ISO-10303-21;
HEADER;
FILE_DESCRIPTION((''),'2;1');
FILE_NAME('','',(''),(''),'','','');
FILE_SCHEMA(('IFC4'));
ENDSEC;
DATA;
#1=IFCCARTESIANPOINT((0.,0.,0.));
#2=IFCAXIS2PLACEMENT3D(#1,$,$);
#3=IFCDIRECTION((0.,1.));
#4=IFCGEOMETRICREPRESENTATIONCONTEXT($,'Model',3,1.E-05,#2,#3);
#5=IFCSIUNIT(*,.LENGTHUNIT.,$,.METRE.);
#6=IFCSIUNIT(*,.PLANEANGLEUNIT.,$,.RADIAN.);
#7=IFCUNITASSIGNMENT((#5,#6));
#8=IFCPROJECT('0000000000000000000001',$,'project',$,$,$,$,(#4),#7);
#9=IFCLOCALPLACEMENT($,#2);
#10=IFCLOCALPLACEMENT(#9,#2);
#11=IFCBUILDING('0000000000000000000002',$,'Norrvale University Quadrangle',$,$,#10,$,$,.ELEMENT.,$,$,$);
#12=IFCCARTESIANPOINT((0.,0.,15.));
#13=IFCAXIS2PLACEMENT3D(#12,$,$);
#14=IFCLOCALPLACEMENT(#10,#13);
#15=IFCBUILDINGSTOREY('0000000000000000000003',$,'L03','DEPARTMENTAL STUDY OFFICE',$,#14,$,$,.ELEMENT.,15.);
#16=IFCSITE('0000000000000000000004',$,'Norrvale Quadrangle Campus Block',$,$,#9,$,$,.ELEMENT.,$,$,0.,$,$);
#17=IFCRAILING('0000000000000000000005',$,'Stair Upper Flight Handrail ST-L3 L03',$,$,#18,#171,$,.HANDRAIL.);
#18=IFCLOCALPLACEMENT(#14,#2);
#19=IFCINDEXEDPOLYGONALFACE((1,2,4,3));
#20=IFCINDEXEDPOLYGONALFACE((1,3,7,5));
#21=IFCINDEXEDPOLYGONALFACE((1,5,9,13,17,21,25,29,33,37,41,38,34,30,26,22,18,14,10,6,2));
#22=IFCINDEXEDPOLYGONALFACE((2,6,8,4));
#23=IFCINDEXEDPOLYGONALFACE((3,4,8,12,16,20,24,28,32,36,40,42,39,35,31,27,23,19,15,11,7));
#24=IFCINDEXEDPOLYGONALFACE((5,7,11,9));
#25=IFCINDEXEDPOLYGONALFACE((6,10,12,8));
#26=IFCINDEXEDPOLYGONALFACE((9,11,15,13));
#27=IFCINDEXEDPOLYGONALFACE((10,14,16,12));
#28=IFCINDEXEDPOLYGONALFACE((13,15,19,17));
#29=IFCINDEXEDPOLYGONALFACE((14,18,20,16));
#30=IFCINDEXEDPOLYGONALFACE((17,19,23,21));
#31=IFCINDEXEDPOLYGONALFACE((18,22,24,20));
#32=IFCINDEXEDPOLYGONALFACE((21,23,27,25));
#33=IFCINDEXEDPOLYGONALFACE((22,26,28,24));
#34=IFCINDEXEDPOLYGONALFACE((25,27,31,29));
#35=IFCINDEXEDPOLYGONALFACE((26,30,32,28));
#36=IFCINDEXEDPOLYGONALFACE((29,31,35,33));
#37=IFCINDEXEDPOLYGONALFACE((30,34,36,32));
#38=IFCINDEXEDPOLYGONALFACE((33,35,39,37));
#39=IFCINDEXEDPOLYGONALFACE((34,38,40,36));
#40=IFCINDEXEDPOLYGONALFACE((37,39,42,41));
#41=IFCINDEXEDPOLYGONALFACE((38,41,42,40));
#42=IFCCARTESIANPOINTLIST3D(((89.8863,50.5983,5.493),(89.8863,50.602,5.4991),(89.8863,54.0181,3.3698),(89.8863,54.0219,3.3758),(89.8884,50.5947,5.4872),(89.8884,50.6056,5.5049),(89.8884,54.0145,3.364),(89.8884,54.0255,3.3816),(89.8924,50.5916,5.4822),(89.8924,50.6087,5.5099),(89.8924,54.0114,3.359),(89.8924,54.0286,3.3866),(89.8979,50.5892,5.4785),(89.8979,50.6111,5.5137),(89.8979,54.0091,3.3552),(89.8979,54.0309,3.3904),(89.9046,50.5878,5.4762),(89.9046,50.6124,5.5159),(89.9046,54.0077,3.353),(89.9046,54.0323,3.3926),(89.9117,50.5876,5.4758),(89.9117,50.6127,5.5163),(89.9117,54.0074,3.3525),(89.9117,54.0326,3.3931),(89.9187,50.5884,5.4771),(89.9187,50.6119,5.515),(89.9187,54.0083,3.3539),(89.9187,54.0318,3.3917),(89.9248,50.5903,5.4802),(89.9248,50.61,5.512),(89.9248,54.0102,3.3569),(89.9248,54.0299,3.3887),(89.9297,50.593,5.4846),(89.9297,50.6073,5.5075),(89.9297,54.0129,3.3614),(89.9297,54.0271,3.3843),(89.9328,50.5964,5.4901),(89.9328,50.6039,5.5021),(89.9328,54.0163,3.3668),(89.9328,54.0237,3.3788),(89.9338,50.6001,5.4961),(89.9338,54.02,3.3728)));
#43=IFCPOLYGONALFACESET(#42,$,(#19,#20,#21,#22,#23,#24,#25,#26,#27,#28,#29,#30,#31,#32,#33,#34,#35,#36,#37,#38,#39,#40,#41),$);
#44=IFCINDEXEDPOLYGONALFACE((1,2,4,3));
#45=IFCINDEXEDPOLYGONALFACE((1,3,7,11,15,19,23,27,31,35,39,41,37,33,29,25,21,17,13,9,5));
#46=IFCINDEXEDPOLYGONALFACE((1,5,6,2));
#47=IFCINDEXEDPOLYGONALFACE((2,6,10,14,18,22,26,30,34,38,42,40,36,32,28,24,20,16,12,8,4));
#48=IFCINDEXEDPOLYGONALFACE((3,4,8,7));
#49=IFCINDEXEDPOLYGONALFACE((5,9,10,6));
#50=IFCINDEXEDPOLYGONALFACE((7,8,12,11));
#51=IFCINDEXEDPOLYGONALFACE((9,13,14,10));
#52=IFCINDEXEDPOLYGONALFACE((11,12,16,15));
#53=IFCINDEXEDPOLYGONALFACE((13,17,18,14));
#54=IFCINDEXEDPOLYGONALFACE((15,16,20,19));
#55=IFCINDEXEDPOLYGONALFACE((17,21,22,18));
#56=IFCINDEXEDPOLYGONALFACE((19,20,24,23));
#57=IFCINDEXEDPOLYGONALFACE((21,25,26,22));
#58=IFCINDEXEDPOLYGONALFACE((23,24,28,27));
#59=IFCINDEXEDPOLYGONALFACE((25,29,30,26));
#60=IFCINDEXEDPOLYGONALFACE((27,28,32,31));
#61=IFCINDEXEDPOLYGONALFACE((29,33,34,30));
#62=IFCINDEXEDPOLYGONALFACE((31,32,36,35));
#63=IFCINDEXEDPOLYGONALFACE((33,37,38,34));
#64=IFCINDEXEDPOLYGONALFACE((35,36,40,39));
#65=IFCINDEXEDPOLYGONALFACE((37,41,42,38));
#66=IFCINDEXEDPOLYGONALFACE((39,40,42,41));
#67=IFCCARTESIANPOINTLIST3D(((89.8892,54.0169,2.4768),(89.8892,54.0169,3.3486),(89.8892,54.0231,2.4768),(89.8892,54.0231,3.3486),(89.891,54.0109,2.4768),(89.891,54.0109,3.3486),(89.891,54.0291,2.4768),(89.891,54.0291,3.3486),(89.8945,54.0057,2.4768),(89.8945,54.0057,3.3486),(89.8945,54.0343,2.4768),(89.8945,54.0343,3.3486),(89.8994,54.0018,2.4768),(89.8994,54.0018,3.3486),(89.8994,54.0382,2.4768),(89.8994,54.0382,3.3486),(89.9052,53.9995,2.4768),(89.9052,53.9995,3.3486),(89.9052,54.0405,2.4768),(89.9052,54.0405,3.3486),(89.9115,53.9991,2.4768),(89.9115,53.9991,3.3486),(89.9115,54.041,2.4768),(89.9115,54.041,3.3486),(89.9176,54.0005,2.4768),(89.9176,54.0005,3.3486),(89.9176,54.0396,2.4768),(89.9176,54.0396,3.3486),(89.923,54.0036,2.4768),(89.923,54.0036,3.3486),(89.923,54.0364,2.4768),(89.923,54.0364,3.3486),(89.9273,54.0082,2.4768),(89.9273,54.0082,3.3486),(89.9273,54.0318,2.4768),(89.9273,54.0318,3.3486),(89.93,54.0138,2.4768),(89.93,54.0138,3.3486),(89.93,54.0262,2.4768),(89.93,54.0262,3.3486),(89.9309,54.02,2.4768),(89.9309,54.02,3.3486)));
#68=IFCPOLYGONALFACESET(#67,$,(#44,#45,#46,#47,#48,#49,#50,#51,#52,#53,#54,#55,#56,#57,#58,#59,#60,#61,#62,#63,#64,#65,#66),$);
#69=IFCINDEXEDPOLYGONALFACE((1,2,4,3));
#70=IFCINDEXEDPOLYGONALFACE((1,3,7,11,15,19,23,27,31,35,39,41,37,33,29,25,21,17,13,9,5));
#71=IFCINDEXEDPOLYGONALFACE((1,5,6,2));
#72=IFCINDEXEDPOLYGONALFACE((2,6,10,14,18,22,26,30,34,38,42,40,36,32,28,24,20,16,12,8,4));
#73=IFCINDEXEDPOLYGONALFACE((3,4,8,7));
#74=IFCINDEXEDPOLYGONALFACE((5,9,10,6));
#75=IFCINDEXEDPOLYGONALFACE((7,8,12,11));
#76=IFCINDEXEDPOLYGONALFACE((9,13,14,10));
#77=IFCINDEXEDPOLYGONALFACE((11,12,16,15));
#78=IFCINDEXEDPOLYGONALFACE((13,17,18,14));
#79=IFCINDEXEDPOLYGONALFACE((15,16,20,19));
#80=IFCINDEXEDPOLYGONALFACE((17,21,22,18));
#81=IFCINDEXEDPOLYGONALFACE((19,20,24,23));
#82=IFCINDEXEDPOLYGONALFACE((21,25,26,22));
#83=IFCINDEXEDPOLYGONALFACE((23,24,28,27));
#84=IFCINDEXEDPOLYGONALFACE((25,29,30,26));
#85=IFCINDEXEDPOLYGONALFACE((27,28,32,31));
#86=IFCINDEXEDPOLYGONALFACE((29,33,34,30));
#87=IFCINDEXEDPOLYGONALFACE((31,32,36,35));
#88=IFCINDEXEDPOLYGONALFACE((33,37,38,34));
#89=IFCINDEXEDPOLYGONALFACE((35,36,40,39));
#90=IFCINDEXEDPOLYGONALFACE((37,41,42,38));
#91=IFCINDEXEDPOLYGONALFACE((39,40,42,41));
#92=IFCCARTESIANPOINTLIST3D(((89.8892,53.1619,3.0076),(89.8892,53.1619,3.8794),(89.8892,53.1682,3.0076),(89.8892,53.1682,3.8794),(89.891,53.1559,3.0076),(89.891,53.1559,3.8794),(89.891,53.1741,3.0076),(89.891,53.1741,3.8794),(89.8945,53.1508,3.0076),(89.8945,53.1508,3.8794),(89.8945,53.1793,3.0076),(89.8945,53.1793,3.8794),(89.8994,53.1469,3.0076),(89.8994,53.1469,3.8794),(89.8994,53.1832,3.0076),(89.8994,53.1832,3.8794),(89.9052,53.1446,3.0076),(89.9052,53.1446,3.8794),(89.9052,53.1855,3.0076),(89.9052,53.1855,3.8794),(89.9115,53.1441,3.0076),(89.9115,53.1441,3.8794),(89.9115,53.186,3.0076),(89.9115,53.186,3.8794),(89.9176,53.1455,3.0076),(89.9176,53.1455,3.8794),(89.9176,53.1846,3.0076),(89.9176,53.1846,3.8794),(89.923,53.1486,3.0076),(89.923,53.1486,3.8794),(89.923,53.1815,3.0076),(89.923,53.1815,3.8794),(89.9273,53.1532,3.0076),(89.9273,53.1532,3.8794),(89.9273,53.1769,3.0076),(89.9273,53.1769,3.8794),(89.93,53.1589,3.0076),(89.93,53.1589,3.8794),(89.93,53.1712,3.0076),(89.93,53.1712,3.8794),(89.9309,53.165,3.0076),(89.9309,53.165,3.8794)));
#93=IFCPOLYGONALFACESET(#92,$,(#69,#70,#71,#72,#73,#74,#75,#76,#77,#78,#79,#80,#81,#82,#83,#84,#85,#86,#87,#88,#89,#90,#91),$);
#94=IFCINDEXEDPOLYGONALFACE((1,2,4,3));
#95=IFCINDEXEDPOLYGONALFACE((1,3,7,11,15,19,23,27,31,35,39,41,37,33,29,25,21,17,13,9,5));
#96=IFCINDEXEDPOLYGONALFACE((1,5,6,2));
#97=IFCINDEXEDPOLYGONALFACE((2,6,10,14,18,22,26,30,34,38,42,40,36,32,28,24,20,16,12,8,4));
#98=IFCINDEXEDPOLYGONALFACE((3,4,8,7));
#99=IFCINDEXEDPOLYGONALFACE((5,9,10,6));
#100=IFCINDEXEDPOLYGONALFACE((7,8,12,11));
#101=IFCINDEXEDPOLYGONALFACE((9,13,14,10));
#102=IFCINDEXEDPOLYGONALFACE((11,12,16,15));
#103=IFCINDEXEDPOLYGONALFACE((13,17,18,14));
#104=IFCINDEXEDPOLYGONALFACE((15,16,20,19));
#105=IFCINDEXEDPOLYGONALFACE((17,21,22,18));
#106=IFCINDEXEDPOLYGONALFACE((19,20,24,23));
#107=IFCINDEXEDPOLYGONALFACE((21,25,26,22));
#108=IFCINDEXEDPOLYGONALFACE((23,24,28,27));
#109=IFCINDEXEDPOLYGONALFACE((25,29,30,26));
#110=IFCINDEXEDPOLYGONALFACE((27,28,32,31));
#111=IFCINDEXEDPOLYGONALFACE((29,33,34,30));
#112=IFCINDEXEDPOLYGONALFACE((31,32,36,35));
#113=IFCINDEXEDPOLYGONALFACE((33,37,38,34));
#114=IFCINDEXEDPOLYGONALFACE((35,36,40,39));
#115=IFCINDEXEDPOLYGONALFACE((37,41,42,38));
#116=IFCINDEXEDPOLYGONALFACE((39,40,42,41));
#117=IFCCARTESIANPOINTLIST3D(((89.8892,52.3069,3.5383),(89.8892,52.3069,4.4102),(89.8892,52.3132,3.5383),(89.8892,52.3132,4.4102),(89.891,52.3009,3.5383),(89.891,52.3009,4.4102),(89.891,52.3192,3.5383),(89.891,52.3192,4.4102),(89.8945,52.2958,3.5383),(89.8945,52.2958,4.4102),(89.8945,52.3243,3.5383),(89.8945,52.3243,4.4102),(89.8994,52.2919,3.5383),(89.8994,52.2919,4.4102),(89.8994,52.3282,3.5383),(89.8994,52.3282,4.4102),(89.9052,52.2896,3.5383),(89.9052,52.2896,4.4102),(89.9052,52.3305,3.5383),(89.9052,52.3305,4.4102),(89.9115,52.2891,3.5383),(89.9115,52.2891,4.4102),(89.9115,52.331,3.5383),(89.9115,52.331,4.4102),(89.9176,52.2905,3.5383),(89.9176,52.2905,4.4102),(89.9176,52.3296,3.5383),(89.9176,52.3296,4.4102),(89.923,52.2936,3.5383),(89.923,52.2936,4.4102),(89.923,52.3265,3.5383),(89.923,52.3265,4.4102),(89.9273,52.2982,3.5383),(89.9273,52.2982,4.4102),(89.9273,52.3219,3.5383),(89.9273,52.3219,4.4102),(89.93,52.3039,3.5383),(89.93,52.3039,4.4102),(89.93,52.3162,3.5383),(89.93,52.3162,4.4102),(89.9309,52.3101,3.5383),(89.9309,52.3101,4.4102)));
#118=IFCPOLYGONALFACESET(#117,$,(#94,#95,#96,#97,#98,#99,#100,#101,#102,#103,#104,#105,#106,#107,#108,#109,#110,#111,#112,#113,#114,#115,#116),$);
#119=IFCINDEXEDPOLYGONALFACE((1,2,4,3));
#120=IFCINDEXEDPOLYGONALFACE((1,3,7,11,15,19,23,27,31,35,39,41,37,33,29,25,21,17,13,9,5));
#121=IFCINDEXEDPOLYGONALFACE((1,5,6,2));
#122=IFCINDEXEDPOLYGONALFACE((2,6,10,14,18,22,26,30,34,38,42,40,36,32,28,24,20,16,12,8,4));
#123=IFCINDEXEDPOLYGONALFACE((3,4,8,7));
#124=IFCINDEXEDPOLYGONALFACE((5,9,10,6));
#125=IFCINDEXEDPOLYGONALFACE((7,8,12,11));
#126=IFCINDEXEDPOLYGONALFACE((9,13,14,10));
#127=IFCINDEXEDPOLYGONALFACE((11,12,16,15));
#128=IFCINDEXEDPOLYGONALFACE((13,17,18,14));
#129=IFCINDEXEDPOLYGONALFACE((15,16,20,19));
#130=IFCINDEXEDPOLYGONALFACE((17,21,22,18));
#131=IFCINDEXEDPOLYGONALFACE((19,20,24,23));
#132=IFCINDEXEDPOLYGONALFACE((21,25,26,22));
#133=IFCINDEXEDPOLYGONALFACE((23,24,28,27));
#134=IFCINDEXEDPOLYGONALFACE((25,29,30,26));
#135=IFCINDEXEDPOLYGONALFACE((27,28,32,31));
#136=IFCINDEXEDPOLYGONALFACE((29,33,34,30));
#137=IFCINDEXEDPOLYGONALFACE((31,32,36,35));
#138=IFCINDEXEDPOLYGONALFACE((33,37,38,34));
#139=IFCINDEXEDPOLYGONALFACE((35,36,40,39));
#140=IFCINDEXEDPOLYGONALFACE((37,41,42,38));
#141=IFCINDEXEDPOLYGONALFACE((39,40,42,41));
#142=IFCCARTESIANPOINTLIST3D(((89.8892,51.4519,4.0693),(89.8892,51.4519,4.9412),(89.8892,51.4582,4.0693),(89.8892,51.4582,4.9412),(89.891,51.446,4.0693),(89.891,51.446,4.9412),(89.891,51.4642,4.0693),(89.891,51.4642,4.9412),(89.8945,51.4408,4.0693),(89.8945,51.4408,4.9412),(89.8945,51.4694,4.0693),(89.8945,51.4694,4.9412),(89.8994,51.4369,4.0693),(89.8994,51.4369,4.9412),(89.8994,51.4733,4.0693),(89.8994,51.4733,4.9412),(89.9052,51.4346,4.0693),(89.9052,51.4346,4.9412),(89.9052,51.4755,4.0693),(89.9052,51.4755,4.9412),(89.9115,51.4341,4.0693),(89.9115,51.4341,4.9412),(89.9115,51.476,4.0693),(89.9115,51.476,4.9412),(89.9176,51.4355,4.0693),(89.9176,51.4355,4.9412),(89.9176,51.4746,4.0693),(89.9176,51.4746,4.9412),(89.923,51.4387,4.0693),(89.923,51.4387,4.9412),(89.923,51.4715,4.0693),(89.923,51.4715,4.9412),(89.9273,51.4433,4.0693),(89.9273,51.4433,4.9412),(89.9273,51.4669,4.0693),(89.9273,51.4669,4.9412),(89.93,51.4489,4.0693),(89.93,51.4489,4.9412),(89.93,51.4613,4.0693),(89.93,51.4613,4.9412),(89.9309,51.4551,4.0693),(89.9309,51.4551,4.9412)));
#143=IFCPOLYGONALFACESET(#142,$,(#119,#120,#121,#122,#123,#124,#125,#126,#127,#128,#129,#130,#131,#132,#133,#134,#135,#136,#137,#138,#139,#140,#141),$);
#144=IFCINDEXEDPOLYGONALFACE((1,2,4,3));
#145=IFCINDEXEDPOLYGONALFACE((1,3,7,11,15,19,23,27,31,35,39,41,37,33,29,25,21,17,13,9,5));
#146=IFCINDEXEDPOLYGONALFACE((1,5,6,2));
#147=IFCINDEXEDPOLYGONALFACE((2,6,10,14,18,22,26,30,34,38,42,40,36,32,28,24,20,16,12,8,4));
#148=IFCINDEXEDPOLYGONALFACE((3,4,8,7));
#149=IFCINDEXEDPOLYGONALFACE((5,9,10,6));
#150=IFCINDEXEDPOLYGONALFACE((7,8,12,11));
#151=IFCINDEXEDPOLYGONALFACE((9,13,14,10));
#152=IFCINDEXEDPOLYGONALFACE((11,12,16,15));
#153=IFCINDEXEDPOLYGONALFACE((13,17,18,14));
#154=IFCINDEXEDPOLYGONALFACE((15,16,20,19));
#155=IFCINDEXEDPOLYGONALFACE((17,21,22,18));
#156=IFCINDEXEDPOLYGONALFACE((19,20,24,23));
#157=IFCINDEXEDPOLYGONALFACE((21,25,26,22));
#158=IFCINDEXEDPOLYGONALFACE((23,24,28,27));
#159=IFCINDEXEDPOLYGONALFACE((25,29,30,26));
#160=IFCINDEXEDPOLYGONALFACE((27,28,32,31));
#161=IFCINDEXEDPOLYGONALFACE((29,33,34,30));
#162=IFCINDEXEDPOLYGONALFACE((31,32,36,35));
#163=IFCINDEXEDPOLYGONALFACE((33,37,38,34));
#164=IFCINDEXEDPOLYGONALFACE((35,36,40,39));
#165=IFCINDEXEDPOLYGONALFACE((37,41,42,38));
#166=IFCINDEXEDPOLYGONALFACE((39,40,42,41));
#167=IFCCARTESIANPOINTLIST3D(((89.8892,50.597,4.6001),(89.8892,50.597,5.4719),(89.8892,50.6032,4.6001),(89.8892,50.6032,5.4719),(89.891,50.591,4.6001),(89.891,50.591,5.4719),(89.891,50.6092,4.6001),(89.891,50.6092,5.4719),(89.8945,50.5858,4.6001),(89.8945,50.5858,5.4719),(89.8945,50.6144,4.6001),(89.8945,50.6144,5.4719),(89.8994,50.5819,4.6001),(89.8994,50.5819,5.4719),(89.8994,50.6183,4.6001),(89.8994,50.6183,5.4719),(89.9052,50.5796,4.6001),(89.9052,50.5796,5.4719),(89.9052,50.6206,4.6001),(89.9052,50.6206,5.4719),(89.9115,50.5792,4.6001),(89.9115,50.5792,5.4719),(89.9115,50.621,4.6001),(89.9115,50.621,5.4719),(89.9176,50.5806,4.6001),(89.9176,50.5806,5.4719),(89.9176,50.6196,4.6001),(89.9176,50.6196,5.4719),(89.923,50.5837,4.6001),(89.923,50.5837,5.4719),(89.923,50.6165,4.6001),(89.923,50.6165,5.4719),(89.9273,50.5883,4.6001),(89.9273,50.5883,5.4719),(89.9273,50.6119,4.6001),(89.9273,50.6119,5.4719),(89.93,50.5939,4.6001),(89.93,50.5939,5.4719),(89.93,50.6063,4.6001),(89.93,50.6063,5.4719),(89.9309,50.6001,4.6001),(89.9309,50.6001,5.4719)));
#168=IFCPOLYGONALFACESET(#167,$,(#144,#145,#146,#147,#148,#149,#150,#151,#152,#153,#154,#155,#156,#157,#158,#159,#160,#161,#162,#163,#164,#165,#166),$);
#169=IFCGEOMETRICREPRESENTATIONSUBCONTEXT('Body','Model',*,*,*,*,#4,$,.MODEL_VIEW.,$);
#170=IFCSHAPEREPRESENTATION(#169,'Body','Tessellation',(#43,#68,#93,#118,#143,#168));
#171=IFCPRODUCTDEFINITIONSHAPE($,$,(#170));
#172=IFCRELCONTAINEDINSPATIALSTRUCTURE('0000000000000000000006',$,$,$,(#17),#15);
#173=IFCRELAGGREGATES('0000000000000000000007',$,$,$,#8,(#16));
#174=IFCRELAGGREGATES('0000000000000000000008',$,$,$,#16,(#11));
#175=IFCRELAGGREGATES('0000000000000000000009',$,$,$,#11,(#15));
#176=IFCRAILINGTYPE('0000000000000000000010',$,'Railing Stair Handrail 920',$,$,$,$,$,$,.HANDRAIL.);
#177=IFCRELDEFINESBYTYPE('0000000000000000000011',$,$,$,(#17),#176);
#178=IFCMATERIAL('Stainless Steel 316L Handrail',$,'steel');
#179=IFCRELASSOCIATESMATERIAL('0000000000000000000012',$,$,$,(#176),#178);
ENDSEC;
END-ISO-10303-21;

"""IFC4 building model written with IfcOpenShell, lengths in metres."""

from ifc_helpers import new_model, si_unit, direction, frame, origin, origin_2d, place, context, subcontext, project, spatial, circle, extrude, material, type_object, element, save


model = new_model("IFC4")

# Units and contexts
model_context = context("Model", 3, precision=1e-05, world=origin(), true_north=direction((0.0, 1.0)))
body_context = subcontext(model_context, "Body", "Model", "MODEL_VIEW")
ifc_project = project(units=[si_unit("LENGTHUNIT", "METRE"), si_unit("PLANEANGLEUNIT", "RADIAN")], contexts=[model_context])

# Site, building, storey
site_placement = place(None, origin())
site = spatial("IfcSite", under=ifc_project, at=site_placement, Name="Norrvale Quadrangle Campus Block", CompositionType="ELEMENT", RefElevation=0.0)
building_placement = place(site_placement, origin())
building = spatial("IfcBuilding", under=site, at=building_placement, Name="Norrvale University Quadrangle", CompositionType="ELEMENT")
storey_placement = place(building_placement, frame((0.0, 0.0, 15.0)))
storey = spatial("IfcBuildingStorey", under=building, at=storey_placement, Name="L03", Description="DEPARTMENTAL STUDY OFFICE", CompositionType="ELEMENT", Elevation=15.0)

# Railing
ifc_material_1 = material(Name="Stainless Steel 316L Handrail", Category="steel")
railing_type_1 = type_object("IfcRailingType", Name="Railing Stair Handrail 920", PredefinedType="HANDRAIL", material=ifc_material_1)
railing_1_placement = place(storey_placement, frame((89.9099, 54.02, 2.4768)))
element("IfcRailing", 1, at=railing_1_placement, inside=storey, type_object=railing_type_1, Name="Stair Upper Flight Handrail ST-L3 L03", PredefinedType="HANDRAIL", context=body_context, shape_type="SweptSolid", body=[
    extrude(circle(Radius=0.0239, at=origin_2d()), frame((0.0, 0.0, 0.896), z_axis=(0.0, -0.849576, 0.527467), x_axis=(1.0, 0.0, 0.0)), (0.0, 0.0, 1.0), 4.0254),
    extrude(circle(Radius=0.021, at=origin_2d()), origin(), (0.0, 0.0, 1.0), 0.8718),
    extrude(circle(Radius=0.021, at=origin_2d()), frame((0.0, -0.855, 0.5308)), (0.0, 0.0, 1.0), 0.8718),
    extrude(circle(Radius=0.021, at=origin_2d()), frame((0.0, -1.71, 1.0615)), (0.0, 0.0, 1.0), 0.8718),
    extrude(circle(Radius=0.021, at=origin_2d()), frame((0.0, -2.5649, 1.5925)), (0.0, 0.0, 1.0), 0.8718),
    extrude(circle(Radius=0.021, at=origin_2d()), frame((0.0, -3.4199, 2.1233)), (0.0, 0.0, 1.0), 0.8718),
])

save(model, "model.ifc")
